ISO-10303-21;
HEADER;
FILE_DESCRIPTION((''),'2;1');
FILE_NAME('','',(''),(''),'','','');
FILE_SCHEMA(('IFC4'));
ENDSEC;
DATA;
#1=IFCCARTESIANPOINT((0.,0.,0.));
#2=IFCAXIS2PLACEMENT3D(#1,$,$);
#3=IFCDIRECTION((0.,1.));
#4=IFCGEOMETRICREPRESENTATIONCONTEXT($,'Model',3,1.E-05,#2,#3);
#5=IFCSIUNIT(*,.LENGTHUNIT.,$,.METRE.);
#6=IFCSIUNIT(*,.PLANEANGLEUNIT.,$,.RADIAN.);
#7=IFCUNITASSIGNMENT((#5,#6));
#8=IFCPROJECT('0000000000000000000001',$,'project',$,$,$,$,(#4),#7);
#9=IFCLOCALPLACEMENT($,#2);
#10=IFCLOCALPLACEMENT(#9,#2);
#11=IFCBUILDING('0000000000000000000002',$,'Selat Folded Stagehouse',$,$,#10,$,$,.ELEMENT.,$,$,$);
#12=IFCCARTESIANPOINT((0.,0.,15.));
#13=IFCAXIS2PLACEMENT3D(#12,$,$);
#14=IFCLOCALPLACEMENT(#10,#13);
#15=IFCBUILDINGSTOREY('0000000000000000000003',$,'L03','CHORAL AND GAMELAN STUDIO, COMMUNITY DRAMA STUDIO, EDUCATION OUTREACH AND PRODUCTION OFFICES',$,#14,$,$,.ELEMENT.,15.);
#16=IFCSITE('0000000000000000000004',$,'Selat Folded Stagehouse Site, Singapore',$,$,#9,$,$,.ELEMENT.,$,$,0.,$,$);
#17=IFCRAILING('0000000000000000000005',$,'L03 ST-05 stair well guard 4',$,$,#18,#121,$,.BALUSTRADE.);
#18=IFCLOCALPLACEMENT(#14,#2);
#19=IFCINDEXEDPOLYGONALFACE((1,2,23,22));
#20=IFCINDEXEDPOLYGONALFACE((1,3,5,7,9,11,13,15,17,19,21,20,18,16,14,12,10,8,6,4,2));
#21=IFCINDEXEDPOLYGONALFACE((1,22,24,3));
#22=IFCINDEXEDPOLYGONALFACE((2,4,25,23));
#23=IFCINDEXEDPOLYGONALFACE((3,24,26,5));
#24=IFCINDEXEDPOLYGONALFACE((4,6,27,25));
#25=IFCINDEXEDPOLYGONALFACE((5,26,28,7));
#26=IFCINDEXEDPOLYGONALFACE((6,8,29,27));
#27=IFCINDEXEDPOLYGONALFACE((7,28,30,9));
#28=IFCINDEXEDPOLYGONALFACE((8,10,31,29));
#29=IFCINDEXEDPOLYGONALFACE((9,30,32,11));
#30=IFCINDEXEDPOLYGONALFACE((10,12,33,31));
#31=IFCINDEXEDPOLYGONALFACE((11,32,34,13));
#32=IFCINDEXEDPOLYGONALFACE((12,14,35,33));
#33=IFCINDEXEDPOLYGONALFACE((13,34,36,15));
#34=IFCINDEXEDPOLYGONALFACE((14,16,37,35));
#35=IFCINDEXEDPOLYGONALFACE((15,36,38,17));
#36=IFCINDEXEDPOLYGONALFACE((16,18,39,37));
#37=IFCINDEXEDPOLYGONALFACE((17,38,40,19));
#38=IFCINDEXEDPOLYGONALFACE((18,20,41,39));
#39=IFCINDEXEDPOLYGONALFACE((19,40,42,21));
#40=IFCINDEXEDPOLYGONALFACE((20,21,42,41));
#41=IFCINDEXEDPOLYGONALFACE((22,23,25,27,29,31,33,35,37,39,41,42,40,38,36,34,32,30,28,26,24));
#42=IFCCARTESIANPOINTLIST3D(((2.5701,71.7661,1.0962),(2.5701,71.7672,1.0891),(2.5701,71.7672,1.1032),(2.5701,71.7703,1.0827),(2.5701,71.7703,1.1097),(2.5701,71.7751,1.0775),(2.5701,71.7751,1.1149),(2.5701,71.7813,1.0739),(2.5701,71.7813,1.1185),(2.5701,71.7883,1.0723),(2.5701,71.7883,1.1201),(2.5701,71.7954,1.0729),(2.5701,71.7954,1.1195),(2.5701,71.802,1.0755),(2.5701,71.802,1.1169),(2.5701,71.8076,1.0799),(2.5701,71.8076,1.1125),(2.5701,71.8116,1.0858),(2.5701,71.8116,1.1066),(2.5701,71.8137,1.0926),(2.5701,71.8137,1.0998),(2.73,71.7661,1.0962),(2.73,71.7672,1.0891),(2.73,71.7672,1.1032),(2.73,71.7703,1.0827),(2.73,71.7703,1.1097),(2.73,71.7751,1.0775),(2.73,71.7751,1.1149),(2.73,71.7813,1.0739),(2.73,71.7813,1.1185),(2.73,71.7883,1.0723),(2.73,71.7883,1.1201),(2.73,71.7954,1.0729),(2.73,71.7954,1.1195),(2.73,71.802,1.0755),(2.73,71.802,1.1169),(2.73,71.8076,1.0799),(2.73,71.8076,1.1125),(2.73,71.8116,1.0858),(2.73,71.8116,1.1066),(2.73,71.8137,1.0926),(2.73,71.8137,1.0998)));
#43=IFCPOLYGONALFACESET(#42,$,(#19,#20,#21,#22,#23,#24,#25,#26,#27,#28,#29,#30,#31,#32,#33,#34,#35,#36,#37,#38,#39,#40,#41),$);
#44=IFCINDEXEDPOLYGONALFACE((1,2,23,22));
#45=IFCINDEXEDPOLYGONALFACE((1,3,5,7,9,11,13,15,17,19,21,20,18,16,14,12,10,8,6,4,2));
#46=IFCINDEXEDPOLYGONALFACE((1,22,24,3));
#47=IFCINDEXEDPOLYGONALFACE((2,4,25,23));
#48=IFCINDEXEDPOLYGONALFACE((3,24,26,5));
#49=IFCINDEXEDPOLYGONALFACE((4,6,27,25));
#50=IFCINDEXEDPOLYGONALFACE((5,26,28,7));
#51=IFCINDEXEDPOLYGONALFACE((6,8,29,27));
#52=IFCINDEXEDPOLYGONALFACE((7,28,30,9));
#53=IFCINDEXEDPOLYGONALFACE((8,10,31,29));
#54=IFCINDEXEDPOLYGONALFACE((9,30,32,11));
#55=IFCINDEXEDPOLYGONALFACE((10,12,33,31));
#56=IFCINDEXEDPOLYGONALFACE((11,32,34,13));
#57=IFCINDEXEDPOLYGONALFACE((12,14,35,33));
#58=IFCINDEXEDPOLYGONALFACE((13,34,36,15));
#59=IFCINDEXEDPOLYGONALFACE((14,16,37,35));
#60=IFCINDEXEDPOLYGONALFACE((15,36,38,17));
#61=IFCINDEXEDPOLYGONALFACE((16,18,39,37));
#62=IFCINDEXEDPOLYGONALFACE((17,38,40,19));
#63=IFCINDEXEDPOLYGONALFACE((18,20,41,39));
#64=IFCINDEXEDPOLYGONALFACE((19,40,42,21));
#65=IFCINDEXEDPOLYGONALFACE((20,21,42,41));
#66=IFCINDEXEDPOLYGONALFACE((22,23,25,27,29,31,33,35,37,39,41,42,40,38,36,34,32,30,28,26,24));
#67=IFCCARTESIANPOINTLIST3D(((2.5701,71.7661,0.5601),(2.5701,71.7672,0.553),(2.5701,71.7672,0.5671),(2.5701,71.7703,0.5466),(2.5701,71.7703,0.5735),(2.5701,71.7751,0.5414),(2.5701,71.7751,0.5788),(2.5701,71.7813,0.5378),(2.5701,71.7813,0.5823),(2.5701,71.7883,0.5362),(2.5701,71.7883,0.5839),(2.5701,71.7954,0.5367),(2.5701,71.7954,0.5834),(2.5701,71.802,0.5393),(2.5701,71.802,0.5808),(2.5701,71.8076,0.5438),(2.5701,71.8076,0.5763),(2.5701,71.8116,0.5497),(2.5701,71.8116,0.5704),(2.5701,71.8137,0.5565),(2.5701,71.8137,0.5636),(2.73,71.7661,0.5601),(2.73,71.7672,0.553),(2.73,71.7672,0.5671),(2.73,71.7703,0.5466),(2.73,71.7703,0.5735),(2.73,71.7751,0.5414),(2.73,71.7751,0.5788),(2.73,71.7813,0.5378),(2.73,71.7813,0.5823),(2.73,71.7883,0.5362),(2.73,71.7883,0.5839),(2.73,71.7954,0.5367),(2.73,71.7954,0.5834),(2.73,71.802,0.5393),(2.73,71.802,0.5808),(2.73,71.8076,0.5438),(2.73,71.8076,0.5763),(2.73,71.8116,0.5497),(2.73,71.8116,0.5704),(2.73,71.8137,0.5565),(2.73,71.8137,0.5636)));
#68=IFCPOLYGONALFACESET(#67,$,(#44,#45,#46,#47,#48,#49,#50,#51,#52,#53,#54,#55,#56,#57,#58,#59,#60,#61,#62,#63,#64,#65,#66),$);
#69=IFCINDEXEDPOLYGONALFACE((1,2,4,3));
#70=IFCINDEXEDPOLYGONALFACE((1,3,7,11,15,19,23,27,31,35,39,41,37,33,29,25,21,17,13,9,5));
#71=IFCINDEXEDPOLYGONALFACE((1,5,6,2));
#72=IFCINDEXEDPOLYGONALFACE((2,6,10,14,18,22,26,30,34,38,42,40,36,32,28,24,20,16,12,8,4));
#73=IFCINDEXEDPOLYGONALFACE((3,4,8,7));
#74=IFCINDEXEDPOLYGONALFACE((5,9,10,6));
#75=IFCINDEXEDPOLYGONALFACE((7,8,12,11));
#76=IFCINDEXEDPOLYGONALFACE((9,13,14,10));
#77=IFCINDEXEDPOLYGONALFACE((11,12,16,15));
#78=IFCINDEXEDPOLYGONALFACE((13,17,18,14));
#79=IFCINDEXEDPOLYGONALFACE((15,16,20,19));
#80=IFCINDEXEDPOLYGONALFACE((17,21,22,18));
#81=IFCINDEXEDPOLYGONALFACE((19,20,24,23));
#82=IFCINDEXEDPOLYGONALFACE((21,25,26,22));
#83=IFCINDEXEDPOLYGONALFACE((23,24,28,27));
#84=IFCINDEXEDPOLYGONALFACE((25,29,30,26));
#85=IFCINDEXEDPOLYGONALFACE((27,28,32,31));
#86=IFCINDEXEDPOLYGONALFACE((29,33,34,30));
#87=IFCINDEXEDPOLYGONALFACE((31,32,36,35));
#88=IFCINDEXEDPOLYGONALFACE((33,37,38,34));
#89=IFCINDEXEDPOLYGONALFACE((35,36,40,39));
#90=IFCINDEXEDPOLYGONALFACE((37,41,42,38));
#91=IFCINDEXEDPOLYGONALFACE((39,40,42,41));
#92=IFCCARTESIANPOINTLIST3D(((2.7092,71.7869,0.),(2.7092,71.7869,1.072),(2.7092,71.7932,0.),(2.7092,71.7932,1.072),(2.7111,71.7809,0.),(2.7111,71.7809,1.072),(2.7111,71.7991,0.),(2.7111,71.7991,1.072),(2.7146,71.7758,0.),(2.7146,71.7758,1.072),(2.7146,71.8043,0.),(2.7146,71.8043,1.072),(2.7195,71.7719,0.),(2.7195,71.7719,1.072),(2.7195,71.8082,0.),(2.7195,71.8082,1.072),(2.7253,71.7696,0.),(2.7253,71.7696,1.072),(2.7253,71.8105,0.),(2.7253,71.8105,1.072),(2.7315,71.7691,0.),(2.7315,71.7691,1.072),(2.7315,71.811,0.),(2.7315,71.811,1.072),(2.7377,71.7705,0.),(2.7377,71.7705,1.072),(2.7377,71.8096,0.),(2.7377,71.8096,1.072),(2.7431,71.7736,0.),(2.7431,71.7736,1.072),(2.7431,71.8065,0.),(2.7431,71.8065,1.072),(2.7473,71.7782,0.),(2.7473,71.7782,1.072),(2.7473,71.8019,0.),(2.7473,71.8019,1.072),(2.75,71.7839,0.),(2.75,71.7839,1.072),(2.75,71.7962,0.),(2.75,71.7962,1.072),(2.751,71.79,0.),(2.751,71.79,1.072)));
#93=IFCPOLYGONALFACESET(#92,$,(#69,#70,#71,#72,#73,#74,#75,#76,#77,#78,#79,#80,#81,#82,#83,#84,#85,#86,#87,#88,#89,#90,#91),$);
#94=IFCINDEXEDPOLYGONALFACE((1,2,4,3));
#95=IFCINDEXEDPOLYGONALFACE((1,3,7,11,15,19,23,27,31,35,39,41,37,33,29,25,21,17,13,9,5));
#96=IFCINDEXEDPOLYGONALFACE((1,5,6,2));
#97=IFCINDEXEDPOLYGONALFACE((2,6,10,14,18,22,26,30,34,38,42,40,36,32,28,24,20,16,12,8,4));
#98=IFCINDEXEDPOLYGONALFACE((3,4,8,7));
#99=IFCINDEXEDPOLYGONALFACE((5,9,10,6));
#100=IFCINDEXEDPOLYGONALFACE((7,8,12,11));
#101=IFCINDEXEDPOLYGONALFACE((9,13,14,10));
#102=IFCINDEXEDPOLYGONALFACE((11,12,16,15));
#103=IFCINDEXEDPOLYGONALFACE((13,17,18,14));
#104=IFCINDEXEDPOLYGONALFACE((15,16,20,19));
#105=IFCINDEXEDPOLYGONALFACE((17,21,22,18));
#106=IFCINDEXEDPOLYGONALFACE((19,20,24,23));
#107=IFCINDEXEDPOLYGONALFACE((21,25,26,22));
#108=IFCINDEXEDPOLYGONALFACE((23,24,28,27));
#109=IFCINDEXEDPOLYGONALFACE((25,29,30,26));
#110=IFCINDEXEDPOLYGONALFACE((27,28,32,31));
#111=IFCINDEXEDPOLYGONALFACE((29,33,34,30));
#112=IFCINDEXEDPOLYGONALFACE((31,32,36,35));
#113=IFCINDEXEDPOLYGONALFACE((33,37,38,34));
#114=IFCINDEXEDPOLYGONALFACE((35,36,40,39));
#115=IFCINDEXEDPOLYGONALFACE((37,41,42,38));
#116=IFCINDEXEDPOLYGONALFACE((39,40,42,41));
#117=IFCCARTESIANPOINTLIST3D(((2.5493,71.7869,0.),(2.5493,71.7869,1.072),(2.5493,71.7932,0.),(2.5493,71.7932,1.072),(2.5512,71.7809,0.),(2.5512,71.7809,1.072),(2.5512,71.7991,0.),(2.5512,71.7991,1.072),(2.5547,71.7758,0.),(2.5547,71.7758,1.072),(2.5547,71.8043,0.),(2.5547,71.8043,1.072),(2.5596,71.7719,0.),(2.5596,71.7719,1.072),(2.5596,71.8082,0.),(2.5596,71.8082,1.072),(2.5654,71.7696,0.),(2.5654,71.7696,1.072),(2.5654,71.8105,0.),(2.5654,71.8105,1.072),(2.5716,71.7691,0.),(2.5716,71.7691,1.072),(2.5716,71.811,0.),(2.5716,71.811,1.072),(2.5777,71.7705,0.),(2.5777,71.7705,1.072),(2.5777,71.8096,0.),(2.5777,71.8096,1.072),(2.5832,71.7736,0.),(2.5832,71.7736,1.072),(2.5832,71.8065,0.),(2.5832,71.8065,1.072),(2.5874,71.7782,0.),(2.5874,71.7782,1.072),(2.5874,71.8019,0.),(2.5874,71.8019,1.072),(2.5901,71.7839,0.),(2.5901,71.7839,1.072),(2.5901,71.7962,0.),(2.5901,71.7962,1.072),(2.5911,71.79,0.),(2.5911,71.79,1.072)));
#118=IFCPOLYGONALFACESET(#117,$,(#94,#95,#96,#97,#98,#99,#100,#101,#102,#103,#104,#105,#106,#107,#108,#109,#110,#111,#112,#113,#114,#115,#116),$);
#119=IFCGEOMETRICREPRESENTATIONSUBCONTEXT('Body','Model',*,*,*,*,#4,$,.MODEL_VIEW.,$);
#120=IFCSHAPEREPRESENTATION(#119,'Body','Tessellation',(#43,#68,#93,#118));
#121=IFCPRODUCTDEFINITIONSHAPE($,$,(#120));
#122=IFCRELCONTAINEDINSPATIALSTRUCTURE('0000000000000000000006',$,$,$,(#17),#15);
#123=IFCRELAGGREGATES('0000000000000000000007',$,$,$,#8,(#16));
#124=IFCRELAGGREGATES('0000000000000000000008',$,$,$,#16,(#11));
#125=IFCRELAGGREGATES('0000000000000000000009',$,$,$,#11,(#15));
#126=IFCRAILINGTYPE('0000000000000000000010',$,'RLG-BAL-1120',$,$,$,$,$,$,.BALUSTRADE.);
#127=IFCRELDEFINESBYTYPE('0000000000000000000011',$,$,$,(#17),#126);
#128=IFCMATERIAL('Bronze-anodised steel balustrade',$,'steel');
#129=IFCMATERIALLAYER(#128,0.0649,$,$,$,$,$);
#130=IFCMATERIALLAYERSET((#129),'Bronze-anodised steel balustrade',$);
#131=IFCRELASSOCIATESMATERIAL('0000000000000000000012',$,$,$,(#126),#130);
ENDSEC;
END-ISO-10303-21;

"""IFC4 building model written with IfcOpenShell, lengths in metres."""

from ifc_helpers import new_model, si_unit, direction, frame, origin, origin_2d, place, context, subcontext, project, spatial, circle, extrude, material, layer, layer_set, type_object, element, save


model = new_model("IFC4")

# Units and contexts
model_context = context("Model", 3, precision=1e-05, world=origin(), true_north=direction((0.0, 1.0)))
body_context = subcontext(model_context, "Body", "Model", "MODEL_VIEW")
ifc_project = project(units=[si_unit("LENGTHUNIT", "METRE"), si_unit("PLANEANGLEUNIT", "RADIAN")], contexts=[model_context])

# Site, building, storey
site_placement = place(None, origin())
site = spatial("IfcSite", under=ifc_project, at=site_placement, Name="Selat Folded Stagehouse Site, Singapore", CompositionType="ELEMENT", RefElevation=0.0)
building_placement = place(site_placement, origin())
building = spatial("IfcBuilding", under=site, at=building_placement, Name="Selat Folded Stagehouse", CompositionType="ELEMENT")
storey_placement = place(building_placement, frame((0.0, 0.0, 15.0)))
storey = spatial("IfcBuildingStorey", under=building, at=storey_placement, Name="L03", Description="CHORAL AND GAMELAN STUDIO, COMMUNITY DRAMA STUDIO, EDUCATION OUTREACH AND PRODUCTION OFFICES", CompositionType="ELEMENT", Elevation=15.0)

# Railing
ifc_material_1 = material(Name="Bronze-anodised steel balustrade", Category="steel")
ifc_layer_1 = layer(ifc_material_1, 0.0649)
ifc_layer_set_1 = layer_set([ifc_layer_1], Name="Bronze-anodised steel balustrade")
railing_type_1 = type_object("IfcRailingType", Name="RLG-BAL-1120", PredefinedType="BALUSTRADE", material=ifc_layer_set_1)
railing_1_placement = place(storey_placement, frame((2.73, 71.79, 0.0)))
element("IfcRailing", 1, at=railing_1_placement, inside=storey, type_object=railing_type_1, Name="L03 ST-05 stair well guard 4", PredefinedType="BALUSTRADE", context=body_context, shape_type="SweptSolid", body=[
    extrude(circle(Radius=0.0239, at=origin_2d()), frame((0.0, 0.0, 1.0962), z_axis=(-1.0, 0.0, 0.0), x_axis=(0.0, -1.0, 0.0)), (0.0, 0.0, 1.0), 0.1599),
    extrude(circle(Radius=0.0239, at=origin_2d()), frame((0.0, 0.0, 0.5601), z_axis=(-1.0, 0.0, 0.0), x_axis=(0.0, -1.0, 0.0)), (0.0, 0.0, 1.0), 0.1599),
    extrude(circle(Radius=0.021, at=origin_2d()), origin(), (0.0, 0.0, 1.0), 1.072),
    extrude(circle(Radius=0.021, at=origin_2d()), frame((-0.1599, 0.0, 0.0)), (0.0, 0.0, 1.0), 1.072),
])

save(model, "model.ifc")
